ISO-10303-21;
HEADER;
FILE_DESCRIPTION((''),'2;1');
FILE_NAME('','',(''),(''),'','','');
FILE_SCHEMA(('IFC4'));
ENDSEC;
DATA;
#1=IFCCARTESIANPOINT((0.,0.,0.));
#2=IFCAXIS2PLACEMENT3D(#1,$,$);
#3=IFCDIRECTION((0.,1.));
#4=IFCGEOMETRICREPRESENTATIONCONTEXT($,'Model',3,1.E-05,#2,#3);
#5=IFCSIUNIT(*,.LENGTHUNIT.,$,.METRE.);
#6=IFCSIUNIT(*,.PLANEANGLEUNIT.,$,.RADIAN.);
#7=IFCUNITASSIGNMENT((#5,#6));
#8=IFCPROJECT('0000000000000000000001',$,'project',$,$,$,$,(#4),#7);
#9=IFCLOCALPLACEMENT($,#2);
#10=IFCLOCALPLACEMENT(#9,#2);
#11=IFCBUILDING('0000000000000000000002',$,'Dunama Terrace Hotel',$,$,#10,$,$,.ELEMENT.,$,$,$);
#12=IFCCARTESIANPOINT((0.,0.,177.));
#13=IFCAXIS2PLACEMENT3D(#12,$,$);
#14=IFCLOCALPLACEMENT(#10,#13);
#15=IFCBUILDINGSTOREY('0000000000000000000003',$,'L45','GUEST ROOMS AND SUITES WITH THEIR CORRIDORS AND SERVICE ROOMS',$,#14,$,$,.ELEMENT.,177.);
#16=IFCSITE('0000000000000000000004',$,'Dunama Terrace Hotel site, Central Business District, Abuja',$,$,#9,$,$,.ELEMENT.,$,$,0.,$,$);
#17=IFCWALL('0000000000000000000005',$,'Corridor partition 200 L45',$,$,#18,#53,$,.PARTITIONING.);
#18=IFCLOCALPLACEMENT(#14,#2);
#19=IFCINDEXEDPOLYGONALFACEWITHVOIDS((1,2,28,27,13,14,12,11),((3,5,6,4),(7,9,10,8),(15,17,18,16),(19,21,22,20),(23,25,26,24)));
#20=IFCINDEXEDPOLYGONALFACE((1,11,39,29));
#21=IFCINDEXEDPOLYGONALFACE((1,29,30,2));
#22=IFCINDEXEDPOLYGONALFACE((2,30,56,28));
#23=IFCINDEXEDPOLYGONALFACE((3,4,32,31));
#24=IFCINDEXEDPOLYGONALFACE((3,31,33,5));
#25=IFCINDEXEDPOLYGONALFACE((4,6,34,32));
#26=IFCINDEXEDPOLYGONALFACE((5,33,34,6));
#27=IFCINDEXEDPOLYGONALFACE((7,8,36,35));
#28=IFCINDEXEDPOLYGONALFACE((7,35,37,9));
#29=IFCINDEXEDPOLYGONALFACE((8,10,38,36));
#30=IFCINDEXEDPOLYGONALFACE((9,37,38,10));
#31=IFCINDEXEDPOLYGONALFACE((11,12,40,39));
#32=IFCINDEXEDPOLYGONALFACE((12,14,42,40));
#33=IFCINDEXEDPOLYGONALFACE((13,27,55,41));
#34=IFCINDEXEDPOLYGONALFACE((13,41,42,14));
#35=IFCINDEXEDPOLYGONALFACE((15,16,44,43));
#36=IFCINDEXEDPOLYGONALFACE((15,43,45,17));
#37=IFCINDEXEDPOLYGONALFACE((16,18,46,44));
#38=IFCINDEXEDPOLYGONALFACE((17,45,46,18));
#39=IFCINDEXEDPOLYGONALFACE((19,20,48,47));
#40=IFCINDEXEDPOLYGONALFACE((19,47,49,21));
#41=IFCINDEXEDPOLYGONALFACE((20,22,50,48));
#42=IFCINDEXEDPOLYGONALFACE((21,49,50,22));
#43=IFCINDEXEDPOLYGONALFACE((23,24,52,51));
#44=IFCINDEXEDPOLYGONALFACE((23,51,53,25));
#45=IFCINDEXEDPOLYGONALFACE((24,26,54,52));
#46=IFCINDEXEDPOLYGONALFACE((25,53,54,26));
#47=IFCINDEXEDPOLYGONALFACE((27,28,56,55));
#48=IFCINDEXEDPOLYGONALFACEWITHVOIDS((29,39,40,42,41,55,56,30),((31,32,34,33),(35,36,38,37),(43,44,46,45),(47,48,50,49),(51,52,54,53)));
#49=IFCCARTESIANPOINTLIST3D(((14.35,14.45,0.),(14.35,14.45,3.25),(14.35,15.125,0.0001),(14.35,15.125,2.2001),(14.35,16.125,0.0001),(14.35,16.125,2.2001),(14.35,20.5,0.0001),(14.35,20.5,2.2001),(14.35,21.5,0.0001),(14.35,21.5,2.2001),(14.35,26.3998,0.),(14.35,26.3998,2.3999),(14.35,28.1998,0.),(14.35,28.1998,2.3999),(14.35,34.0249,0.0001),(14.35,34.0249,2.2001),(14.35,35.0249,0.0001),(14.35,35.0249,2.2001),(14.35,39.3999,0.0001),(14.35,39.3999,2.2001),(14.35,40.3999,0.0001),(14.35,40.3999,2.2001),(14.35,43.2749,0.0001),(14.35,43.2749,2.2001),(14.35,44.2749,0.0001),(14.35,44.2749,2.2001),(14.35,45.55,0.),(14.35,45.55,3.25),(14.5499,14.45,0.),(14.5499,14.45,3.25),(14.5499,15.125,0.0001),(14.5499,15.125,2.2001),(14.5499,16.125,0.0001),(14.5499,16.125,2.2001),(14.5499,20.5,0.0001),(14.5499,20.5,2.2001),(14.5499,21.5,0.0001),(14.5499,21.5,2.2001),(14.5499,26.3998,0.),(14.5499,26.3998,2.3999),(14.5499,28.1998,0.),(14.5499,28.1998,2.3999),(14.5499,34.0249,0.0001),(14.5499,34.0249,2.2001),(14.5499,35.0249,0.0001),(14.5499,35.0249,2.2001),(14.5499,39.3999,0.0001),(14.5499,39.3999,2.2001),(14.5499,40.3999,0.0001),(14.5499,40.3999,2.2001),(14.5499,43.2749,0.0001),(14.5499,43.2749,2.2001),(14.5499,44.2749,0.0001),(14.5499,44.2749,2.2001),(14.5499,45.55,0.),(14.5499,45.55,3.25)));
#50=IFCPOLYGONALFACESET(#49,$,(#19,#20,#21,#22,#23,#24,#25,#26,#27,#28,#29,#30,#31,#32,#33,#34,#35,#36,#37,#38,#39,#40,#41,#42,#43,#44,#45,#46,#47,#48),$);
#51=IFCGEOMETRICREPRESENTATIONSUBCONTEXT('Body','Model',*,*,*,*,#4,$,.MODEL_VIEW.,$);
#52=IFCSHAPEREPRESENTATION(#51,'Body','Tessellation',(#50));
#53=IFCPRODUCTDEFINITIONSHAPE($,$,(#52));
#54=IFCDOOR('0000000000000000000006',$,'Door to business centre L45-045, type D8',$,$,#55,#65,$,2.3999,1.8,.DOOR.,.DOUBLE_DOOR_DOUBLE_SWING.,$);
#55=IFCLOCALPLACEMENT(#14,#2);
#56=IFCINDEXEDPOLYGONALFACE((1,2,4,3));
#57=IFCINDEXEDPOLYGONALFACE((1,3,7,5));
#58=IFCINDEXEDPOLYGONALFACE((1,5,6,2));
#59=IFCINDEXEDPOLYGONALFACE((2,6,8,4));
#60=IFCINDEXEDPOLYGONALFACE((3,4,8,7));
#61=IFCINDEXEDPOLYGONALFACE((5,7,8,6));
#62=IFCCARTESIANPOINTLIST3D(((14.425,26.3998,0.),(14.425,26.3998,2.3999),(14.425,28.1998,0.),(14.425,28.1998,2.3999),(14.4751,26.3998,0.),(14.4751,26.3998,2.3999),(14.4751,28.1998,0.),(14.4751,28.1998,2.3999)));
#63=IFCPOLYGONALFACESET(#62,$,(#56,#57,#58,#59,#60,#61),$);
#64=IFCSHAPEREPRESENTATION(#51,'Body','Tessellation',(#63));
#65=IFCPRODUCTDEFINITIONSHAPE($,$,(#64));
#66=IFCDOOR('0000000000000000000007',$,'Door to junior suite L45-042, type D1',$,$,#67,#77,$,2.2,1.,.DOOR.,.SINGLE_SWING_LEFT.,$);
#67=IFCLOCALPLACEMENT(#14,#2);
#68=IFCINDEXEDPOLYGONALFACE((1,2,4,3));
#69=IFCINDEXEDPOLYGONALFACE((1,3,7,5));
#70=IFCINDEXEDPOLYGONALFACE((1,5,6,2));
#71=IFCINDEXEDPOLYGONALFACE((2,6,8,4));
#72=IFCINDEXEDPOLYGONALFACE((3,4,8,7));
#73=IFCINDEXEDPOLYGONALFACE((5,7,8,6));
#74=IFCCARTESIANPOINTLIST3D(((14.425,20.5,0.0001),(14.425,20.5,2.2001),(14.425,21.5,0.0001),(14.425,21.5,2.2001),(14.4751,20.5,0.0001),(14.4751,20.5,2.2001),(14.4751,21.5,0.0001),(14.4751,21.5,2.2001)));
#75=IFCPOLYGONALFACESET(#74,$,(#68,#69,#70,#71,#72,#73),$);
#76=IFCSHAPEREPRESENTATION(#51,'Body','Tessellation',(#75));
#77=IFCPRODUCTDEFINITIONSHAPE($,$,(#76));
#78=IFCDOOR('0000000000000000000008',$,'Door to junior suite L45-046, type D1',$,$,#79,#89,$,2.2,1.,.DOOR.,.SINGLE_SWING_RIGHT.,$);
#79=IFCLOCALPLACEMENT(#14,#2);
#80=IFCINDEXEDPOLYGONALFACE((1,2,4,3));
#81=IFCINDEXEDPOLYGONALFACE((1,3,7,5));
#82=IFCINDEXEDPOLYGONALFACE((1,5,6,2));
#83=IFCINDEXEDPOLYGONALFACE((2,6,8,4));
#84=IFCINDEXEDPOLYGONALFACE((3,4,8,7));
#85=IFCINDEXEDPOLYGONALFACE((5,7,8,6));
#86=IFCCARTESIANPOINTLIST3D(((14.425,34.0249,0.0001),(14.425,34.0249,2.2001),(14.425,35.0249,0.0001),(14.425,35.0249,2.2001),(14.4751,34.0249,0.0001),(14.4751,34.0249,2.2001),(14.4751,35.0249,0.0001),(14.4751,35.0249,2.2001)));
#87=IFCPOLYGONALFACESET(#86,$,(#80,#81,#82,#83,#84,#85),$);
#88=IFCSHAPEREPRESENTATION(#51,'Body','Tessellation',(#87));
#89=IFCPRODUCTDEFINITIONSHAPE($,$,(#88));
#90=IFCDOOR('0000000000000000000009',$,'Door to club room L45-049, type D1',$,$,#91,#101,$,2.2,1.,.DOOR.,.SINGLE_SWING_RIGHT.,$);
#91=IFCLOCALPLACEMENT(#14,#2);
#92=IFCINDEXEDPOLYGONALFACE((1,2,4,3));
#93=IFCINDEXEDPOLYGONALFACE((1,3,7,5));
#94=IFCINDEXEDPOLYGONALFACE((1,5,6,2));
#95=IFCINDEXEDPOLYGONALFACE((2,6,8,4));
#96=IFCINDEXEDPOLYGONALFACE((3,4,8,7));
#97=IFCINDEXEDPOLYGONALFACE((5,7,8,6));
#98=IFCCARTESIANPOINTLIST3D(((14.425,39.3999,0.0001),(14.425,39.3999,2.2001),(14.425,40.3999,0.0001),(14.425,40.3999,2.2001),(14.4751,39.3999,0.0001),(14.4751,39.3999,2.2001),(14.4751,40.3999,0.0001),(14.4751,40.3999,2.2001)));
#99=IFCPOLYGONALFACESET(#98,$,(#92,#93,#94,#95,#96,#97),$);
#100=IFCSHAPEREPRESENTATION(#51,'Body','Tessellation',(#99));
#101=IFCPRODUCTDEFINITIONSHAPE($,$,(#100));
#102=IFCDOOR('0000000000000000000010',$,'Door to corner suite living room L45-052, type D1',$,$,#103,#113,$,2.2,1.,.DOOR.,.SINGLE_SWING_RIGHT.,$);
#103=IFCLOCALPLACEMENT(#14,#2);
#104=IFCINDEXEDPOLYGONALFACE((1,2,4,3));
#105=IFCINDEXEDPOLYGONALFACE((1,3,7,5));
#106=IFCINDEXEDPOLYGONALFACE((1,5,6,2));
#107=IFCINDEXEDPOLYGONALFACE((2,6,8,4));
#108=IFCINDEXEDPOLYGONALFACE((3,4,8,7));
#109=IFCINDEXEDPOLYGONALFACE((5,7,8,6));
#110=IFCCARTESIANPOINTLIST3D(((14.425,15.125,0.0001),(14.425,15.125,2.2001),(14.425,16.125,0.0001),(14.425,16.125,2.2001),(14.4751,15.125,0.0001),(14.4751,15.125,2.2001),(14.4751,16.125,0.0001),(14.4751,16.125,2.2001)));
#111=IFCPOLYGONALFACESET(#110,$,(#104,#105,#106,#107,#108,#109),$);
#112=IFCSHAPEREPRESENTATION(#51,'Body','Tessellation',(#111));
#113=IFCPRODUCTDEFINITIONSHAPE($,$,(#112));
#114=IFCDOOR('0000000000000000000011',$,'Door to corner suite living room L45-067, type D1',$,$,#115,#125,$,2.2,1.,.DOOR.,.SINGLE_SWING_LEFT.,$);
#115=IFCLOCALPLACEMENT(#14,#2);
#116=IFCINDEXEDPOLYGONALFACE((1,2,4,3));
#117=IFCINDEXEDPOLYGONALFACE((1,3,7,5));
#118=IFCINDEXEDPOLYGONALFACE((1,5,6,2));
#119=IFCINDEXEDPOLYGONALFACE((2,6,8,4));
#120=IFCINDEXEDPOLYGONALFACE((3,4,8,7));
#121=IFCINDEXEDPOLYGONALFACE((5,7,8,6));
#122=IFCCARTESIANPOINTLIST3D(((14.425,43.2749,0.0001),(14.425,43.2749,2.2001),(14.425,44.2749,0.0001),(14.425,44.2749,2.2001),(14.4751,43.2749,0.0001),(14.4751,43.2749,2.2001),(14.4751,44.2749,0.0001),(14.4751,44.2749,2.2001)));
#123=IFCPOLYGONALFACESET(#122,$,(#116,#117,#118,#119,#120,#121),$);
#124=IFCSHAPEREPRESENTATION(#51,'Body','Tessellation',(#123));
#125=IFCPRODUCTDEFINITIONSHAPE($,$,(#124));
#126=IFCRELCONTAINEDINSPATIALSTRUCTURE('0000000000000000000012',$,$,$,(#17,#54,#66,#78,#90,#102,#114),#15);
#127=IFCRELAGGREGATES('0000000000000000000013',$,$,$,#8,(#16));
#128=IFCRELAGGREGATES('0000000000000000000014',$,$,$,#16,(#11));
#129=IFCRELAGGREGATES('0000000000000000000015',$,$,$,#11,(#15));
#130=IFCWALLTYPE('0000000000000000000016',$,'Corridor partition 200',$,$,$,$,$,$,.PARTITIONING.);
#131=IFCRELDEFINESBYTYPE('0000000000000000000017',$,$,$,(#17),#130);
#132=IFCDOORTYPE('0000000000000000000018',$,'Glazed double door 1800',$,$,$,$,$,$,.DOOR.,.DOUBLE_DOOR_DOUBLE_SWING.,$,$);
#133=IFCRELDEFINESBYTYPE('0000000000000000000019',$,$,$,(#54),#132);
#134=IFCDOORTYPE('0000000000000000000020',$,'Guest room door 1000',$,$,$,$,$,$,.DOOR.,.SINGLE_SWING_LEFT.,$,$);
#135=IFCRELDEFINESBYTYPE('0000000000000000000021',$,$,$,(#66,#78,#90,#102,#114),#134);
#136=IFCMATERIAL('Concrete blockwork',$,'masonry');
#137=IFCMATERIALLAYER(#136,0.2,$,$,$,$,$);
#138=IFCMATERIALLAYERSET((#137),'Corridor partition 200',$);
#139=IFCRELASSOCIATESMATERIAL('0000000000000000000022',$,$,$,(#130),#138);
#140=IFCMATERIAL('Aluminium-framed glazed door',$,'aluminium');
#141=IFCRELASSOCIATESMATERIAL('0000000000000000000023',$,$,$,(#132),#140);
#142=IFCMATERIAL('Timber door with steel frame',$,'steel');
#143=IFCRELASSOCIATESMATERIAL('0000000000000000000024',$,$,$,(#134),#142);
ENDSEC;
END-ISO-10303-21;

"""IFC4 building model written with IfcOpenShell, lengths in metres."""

from ifc_helpers import new_model, si_unit, direction, frame, frame_2d, origin, place, context, subcontext, project, spatial, rectangle, extrude, material, layer, layer_set, type_object, element, fill, save


model = new_model("IFC4")

# Units and contexts
model_context = context("Model", 3, precision=1e-05, world=origin(), true_north=direction((0.0, 1.0)))
body_context = subcontext(model_context, "Body", "Model", "MODEL_VIEW")
ifc_project = project(units=[si_unit("LENGTHUNIT", "METRE"), si_unit("PLANEANGLEUNIT", "RADIAN")], contexts=[model_context])

# Site, building, storey
site_placement = place(None, origin())
site = spatial("IfcSite", under=ifc_project, at=site_placement, Name="Dunama Terrace Hotel site, Central Business District, Abuja", CompositionType="ELEMENT", RefElevation=0.0)
building_placement = place(site_placement, origin())
building = spatial("IfcBuilding", under=site, at=building_placement, Name="Dunama Terrace Hotel", CompositionType="ELEMENT")
storey_placement = place(building_placement, frame((0.0, 0.0, 177.0)))
storey = spatial("IfcBuildingStorey", under=building, at=storey_placement, Name="L45", Description="GUEST ROOMS AND SUITES WITH THEIR CORRIDORS AND SERVICE ROOMS", CompositionType="ELEMENT", Elevation=177.0)

# Wall, openings, doors
ifc_material_1 = material(Name="Concrete blockwork", Category="masonry")
ifc_layer_1 = layer(ifc_material_1, 0.2)
ifc_layer_set_1 = layer_set([ifc_layer_1], Name="Corridor partition 200")
wall_type_1 = type_object("IfcWallType", Name="Corridor partition 200", PredefinedType="PARTITIONING", material=ifc_layer_set_1)
wall_1_placement = place(storey_placement, frame((14.45, 14.45, 0.0), z_axis=(0.0, 0.0, 1.0), x_axis=(0.0, 1.0, 0.0)))
wall_1 = element("IfcWall", 1, at=wall_1_placement, inside=storey, type_object=wall_type_1, Name="Corridor partition 200 L45", PredefinedType="PARTITIONING", context=body_context, shape_type="SweptSolid", body=[
    extrude(rectangle(XDim=31.1001, YDim=0.2, at=frame_2d((15.55, 0.0))), origin(), (0.0, 0.0, 1.0), 3.25),
])
opening_1_placement = place(wall_1_placement, frame((6.05, 0.0, 0.0)))
opening_1 = element("IfcOpeningElement", 2, at=opening_1_placement, cuts=wall_1, PredefinedType="OPENING", context=body_context, shape_type="SweptSolid", body=[
    extrude(rectangle(XDim=1.0, YDim=2.2, at=frame_2d((0.5, 1.1001))), frame((0.0, 0.1099, 0.0), z_axis=(0.0, -1.0, 0.0), x_axis=(1.0, 0.0, 0.0)), (0.0, 0.0, 1.0), 0.22),
])
opening_2_placement = place(wall_1_placement, frame((11.95, 0.0, 0.0)))
opening_2 = element("IfcOpeningElement", 3, at=opening_2_placement, cuts=wall_1, PredefinedType="OPENING", context=body_context, shape_type="SweptSolid", body=[
    extrude(rectangle(XDim=1.8, YDim=2.3999, at=frame_2d((0.8999, 1.2))), frame((0.0, 0.1099, 0.0), z_axis=(0.0, -1.0, 0.0), x_axis=(1.0, 0.0, 0.0)), (0.0, 0.0, 1.0), 0.22),
])
opening_3_placement = place(wall_1_placement, frame((19.575, 0.0, 0.0)))
opening_3 = element("IfcOpeningElement", 4, at=opening_3_placement, cuts=wall_1, PredefinedType="OPENING", context=body_context, shape_type="SweptSolid", body=[
    extrude(rectangle(XDim=1.0, YDim=2.2, at=frame_2d((0.5, 1.1001))), frame((0.0, 0.1099, 0.0), z_axis=(0.0, -1.0, 0.0), x_axis=(1.0, 0.0, 0.0)), (0.0, 0.0, 1.0), 0.22),
])
opening_4_placement = place(wall_1_placement, frame((24.95, 0.0, 0.0)))
opening_4 = element("IfcOpeningElement", 5, at=opening_4_placement, cuts=wall_1, PredefinedType="OPENING", context=body_context, shape_type="SweptSolid", body=[
    extrude(rectangle(XDim=1.0, YDim=2.2, at=frame_2d((0.5, 1.1001))), frame((0.0, 0.1099, 0.0), z_axis=(0.0, -1.0, 0.0), x_axis=(1.0, 0.0, 0.0)), (0.0, 0.0, 1.0), 0.22),
])
opening_5_placement = place(wall_1_placement, frame((0.675, 0.0, 0.0)))
opening_5 = element("IfcOpeningElement", 6, at=opening_5_placement, cuts=wall_1, PredefinedType="OPENING", context=body_context, shape_type="SweptSolid", body=[
    extrude(rectangle(XDim=1.0, YDim=2.2, at=frame_2d((0.5, 1.1001))), frame((0.0, 0.1099, 0.0), z_axis=(0.0, -1.0, 0.0), x_axis=(1.0, 0.0, 0.0)), (0.0, 0.0, 1.0), 0.22),
])
opening_6_placement = place(wall_1_placement, frame((28.825, 0.0, 0.0)))
opening_6 = element("IfcOpeningElement", 7, at=opening_6_placement, cuts=wall_1, PredefinedType="OPENING", context=body_context, shape_type="SweptSolid", body=[
    extrude(rectangle(XDim=1.0, YDim=2.2, at=frame_2d((0.5, 1.1001))), frame((0.0, 0.1099, 0.0), z_axis=(0.0, -1.0, 0.0), x_axis=(1.0, 0.0, 0.0)), (0.0, 0.0, 1.0), 0.22),
])
ifc_material_2 = material(Name="Aluminium-framed glazed door", Category="aluminium")
door_type_1 = type_object("IfcDoorType", Name="Glazed double door 1800", OperationType="DOUBLE_DOOR_DOUBLE_SWING", PredefinedType="DOOR", material=ifc_material_2)
door_1_placement = place(opening_2_placement, origin())
door_1 = element("IfcDoor", 8, at=door_1_placement, inside=storey, type_object=door_type_1, Name="Door to business centre L45-045, type D8", OperationType="DOUBLE_DOOR_DOUBLE_SWING", OverallHeight=2.3999, OverallWidth=1.8, PredefinedType="DOOR", context=body_context, shape_type="SweptSolid", body=[
    extrude(rectangle(XDim=1.8, YDim=2.3999, at=frame_2d((0.8999, 1.2))), frame((0.0, 0.0249, 0.0), z_axis=(0.0, -1.0, 0.0), x_axis=(1.0, 0.0, 0.0)), (0.0, 0.0, 1.0), 0.05),
])
fill(opening_2, door_1)
ifc_material_3 = material(Name="Timber door with steel frame", Category="steel")
door_type_2 = type_object("IfcDoorType", Name="Guest room door 1000", OperationType="SINGLE_SWING_LEFT", PredefinedType="DOOR", material=ifc_material_3)
door_2_placement = place(opening_1_placement, origin())
door_2 = element("IfcDoor", 9, at=door_2_placement, inside=storey, type_object=door_type_2, Name="Door to junior suite L45-042, type D1", OperationType="SINGLE_SWING_LEFT", OverallHeight=2.2, OverallWidth=1.0, PredefinedType="DOOR", context=body_context, shape_type="SweptSolid", body=[
    extrude(rectangle(XDim=1.0, YDim=2.2, at=frame_2d((0.5, 1.1001))), frame((0.0, 0.0249, 0.0), z_axis=(0.0, -1.0, 0.0), x_axis=(1.0, 0.0, 0.0)), (0.0, 0.0, 1.0), 0.05),
])
fill(opening_1, door_2)
door_3_placement = place(opening_3_placement, origin())
door_3 = element("IfcDoor", 10, at=door_3_placement, inside=storey, type_object=door_type_2, Name="Door to junior suite L45-046, type D1", OperationType="SINGLE_SWING_RIGHT", OverallHeight=2.2, OverallWidth=1.0, PredefinedType="DOOR", context=body_context, shape_type="SweptSolid", body=[
    extrude(rectangle(XDim=1.0, YDim=2.2, at=frame_2d((0.5, 1.1001))), frame((0.0, 0.0249, 0.0), z_axis=(0.0, -1.0, 0.0), x_axis=(1.0, 0.0, 0.0)), (0.0, 0.0, 1.0), 0.05),
])
fill(opening_3, door_3)
door_4_placement = place(opening_4_placement, origin())
door_4 = element("IfcDoor", 11, at=door_4_placement, inside=storey, type_object=door_type_2, Name="Door to club room L45-049, type D1", OperationType="SINGLE_SWING_RIGHT", OverallHeight=2.2, OverallWidth=1.0, PredefinedType="DOOR", context=body_context, shape_type="SweptSolid", body=[
    extrude(rectangle(XDim=1.0, YDim=2.2, at=frame_2d((0.5, 1.1001))), frame((0.0, 0.0249, 0.0), z_axis=(0.0, -1.0, 0.0), x_axis=(1.0, 0.0, 0.0)), (0.0, 0.0, 1.0), 0.05),
])
fill(opening_4, door_4)
door_5_placement = place(opening_5_placement, origin())
door_5 = element("IfcDoor", 12, at=door_5_placement, inside=storey, type_object=door_type_2, Name="Door to corner suite living room L45-052, type D1", OperationType="SINGLE_SWING_RIGHT", OverallHeight=2.2, OverallWidth=1.0, PredefinedType="DOOR", context=body_context, shape_type="SweptSolid", body=[
    extrude(rectangle(XDim=1.0, YDim=2.2, at=frame_2d((0.5, 1.1001))), frame((0.0, 0.0249, 0.0), z_axis=(0.0, -1.0, 0.0), x_axis=(1.0, 0.0, 0.0)), (0.0, 0.0, 1.0), 0.05),
])
fill(opening_5, door_5)
door_6_placement = place(opening_6_placement, origin())
door_6 = element("IfcDoor", 13, at=door_6_placement, inside=storey, type_object=door_type_2, Name="Door to corner suite living room L45-067, type D1", OperationType="SINGLE_SWING_LEFT", OverallHeight=2.2, OverallWidth=1.0, PredefinedType="DOOR", context=body_context, shape_type="SweptSolid", body=[
    extrude(rectangle(XDim=1.0, YDim=2.2, at=frame_2d((0.5, 1.1001))), frame((0.0, 0.0249, 0.0), z_axis=(0.0, -1.0, 0.0), x_axis=(1.0, 0.0, 0.0)), (0.0, 0.0, 1.0), 0.05),
])
fill(opening_6, door_6)

save(model, "model.ifc")
